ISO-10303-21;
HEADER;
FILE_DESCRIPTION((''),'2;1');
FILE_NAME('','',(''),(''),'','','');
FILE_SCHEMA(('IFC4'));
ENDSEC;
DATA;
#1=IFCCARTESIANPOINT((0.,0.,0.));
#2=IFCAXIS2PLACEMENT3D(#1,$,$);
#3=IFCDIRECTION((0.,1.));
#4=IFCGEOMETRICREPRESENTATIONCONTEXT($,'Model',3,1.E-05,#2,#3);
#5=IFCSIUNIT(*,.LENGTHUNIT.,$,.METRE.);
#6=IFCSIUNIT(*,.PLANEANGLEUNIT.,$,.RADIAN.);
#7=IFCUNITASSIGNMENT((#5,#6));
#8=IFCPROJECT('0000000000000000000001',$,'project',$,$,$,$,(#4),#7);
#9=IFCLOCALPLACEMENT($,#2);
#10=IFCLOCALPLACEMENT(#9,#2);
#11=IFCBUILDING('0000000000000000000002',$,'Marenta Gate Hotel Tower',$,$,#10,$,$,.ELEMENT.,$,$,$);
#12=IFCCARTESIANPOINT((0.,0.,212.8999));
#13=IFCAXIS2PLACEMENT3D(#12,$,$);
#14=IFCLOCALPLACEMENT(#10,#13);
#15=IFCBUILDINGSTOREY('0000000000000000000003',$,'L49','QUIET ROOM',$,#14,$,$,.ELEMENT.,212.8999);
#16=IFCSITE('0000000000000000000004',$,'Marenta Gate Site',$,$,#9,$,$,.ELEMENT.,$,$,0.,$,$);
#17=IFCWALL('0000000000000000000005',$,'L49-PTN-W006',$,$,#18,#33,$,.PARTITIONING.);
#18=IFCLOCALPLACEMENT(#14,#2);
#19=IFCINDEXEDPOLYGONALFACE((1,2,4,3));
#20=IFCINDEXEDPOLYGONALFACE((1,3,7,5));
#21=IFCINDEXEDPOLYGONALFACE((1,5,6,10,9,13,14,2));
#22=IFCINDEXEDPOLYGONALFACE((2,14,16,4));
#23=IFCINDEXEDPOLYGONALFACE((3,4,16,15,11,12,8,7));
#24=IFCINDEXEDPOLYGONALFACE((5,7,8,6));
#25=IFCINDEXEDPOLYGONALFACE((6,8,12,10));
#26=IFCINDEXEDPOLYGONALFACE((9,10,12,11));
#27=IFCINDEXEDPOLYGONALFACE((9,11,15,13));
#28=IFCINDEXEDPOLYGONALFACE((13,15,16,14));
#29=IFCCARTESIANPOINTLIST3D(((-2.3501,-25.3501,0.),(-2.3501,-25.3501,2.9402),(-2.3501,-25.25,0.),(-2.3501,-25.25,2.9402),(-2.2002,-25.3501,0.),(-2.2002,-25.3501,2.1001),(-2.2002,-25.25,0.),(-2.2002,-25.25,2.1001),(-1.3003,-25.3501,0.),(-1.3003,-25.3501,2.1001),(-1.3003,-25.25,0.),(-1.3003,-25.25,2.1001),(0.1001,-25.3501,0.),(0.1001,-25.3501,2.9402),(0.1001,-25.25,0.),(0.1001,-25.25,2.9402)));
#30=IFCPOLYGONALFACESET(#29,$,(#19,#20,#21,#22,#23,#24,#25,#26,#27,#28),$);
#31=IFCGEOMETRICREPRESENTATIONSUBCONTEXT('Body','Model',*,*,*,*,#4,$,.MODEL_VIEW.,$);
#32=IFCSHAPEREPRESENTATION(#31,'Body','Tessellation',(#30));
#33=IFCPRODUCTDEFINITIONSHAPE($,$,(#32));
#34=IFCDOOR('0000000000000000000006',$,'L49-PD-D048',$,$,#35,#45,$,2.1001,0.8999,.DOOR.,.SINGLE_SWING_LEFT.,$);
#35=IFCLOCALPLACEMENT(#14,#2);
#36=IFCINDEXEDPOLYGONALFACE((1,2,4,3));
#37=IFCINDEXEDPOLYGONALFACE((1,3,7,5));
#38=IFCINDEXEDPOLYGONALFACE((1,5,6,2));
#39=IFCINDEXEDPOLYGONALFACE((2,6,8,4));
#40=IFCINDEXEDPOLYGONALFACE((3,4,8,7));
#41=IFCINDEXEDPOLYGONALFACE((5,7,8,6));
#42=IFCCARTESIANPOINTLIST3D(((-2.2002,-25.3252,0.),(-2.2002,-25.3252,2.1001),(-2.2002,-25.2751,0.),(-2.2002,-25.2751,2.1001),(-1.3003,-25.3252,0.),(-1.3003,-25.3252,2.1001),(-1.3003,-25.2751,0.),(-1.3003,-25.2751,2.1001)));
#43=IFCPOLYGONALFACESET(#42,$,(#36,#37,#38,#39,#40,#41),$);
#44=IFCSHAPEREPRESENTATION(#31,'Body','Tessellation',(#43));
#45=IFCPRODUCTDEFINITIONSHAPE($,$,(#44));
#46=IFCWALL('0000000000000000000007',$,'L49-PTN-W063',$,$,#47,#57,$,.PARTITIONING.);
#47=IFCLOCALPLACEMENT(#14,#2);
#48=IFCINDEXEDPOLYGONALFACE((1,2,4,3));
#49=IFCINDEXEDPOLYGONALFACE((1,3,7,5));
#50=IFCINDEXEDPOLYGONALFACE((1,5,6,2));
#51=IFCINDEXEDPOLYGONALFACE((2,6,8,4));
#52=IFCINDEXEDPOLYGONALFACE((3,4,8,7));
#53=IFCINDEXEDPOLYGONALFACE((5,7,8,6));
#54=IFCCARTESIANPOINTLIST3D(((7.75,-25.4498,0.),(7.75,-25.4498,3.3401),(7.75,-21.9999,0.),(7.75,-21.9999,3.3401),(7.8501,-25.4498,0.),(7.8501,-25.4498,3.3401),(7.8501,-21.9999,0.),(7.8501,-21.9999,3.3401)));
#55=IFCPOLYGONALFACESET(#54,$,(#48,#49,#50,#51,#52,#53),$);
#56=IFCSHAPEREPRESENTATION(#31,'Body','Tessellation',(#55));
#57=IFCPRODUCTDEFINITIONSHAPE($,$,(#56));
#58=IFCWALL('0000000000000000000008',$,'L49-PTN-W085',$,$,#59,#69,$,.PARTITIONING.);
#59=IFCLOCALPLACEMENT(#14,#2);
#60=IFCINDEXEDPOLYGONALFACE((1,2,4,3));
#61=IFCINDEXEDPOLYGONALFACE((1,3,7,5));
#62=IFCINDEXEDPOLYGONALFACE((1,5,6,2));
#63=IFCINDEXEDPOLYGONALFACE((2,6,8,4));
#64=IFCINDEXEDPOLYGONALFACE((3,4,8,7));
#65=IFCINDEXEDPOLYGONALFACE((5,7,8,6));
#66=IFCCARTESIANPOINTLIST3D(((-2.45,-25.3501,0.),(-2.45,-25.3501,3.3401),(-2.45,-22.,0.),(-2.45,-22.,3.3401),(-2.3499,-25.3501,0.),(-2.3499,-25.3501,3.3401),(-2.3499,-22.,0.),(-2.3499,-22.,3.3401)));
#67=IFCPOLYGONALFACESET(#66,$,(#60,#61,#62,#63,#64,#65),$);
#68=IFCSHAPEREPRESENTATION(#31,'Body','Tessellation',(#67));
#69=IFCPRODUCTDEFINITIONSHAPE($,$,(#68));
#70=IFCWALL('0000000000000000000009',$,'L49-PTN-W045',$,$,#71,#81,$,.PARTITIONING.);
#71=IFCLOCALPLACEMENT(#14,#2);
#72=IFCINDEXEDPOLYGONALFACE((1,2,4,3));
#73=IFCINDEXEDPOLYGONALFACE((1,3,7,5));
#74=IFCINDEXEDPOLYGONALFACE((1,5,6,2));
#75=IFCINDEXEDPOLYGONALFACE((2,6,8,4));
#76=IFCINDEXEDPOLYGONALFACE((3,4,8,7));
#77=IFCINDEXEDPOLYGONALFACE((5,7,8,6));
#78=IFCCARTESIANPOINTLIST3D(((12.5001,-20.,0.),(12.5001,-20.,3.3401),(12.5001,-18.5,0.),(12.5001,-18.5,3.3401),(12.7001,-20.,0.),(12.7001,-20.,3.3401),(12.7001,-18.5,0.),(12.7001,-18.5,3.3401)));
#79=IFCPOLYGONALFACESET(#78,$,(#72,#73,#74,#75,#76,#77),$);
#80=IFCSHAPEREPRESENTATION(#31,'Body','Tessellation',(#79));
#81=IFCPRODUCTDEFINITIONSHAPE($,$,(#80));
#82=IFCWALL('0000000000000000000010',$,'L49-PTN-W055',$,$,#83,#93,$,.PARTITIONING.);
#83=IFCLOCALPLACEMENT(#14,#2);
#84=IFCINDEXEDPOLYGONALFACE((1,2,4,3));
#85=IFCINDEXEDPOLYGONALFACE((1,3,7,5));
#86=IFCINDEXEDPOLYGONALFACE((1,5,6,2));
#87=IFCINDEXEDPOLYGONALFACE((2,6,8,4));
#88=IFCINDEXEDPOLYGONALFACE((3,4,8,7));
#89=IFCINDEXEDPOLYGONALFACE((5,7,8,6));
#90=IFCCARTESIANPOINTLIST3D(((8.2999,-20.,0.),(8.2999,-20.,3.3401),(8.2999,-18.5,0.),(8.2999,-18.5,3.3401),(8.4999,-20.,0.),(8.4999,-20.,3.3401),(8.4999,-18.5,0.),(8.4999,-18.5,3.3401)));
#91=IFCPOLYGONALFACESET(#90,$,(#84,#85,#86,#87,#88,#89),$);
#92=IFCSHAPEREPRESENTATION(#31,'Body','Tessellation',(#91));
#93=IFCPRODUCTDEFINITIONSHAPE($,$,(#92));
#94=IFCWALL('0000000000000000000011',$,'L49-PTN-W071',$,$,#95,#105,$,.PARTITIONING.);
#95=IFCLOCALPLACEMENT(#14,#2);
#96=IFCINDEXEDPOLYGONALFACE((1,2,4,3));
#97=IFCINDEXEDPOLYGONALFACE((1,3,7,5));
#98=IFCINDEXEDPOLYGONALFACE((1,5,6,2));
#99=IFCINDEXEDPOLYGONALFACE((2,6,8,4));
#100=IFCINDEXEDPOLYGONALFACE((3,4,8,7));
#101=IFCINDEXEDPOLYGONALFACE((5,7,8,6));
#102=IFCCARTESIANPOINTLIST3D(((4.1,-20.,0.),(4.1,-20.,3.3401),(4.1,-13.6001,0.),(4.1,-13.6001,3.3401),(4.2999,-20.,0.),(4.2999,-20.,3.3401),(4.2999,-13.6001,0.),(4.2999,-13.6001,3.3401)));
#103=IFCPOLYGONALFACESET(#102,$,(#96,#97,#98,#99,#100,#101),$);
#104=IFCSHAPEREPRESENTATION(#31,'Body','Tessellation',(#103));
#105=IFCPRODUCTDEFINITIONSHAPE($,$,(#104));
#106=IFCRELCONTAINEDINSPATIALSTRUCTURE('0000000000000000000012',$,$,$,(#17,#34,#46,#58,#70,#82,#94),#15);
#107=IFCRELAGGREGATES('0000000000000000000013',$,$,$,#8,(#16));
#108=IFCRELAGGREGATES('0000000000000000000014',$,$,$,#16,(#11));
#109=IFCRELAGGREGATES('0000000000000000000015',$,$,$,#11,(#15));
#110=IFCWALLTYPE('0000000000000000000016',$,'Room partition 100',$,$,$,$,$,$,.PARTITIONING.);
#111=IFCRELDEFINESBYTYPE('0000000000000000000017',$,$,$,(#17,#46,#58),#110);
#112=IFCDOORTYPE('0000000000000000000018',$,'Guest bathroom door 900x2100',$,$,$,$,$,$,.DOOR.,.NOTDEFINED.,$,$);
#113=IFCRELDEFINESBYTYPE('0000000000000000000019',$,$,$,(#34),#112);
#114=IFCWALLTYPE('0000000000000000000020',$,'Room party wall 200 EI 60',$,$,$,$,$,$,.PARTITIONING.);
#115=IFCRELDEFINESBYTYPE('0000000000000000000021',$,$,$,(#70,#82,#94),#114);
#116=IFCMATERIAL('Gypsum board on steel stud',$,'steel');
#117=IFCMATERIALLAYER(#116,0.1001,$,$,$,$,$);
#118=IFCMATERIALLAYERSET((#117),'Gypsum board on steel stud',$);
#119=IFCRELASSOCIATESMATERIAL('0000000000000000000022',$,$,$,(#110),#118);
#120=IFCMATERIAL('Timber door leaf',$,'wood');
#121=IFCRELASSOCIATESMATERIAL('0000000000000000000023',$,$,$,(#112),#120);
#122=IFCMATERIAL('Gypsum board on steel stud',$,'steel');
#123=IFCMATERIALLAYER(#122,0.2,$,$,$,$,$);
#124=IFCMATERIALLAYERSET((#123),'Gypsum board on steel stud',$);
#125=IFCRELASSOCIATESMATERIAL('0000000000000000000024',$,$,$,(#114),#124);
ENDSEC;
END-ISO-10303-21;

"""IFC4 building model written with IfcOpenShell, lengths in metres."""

from ifc_helpers import new_model, si_unit, direction, frame, frame_2d, origin, place, context, subcontext, project, spatial, rectangle, extrude, material, layer, layer_set, type_object, element, fill, save


model = new_model("IFC4")

# Units and contexts
model_context = context("Model", 3, precision=1e-05, world=origin(), true_north=direction((0.0, 1.0)))
body_context = subcontext(model_context, "Body", "Model", "MODEL_VIEW")
ifc_project = project(units=[si_unit("LENGTHUNIT", "METRE"), si_unit("PLANEANGLEUNIT", "RADIAN")], contexts=[model_context])

# Site, building, storey
site_placement = place(None, origin())
site = spatial("IfcSite", under=ifc_project, at=site_placement, Name="Marenta Gate Site", CompositionType="ELEMENT", RefElevation=0.0)
building_placement = place(site_placement, origin())
building = spatial("IfcBuilding", under=site, at=building_placement, Name="Marenta Gate Hotel Tower", CompositionType="ELEMENT")
storey_placement = place(building_placement, frame((0.0, 0.0, 212.8999)))
storey = spatial("IfcBuildingStorey", under=building, at=storey_placement, Name="L49", Description="QUIET ROOM", CompositionType="ELEMENT", Elevation=212.8999)

# Wall, opening, door
ifc_material_1 = material(Name="Gypsum board on steel stud", Category="steel")
ifc_layer_1 = layer(ifc_material_1, 0.1001)
ifc_layer_set_1 = layer_set([ifc_layer_1], Name="Gypsum board on steel stud")
wall_type_1 = type_object("IfcWallType", Name="Room partition 100", PredefinedType="PARTITIONING", material=ifc_layer_set_1)
ifc_material_2 = material(Name="Timber door leaf", Category="wood")
door_type_1 = type_object("IfcDoorType", Name="Guest bathroom door 900x2100", OperationType="NOTDEFINED", PredefinedType="DOOR", material=ifc_material_2)
wall_1_placement = place(storey_placement, frame((-2.3501, -25.3, 0.0), z_axis=(0.0, 0.0, 1.0), x_axis=(1.0, 0.0, 0.0)))
wall_1 = element("IfcWall", 1, at=wall_1_placement, inside=storey, type_object=wall_type_1, Name="L49-PTN-W006", PredefinedType="PARTITIONING", context=body_context, shape_type="SweptSolid", body=[
    extrude(rectangle(XDim=2.4502, YDim=0.1001, at=frame_2d((1.2251, 0.0))), origin(), (0.0, 0.0, 1.0), 2.9402),
])
opening_1_placement = place(wall_1_placement, frame((0.1499, 0.0, 0.0)))
opening_1 = element("IfcOpeningElement", 2, at=opening_1_placement, cuts=wall_1, PredefinedType="OPENING", context=body_context, shape_type="SweptSolid", body=[
    extrude(rectangle(XDim=0.8999, YDim=2.1001, at=frame_2d((0.45, 1.05))), frame((0.0, 0.05, 0.0), z_axis=(0.0, -1.0, 0.0), x_axis=(1.0, 0.0, 0.0)), (0.0, 0.0, 1.0), 0.1001),
])
door_1_placement = place(opening_1_placement, origin())
door_1 = element("IfcDoor", 3, at=door_1_placement, inside=storey, type_object=door_type_1, Name="L49-PD-D048", OperationType="SINGLE_SWING_LEFT", OverallHeight=2.1001, OverallWidth=0.8999, PredefinedType="DOOR", context=body_context, shape_type="SweptSolid", body=[
    extrude(rectangle(XDim=0.8999, YDim=2.1001, at=frame_2d((0.45, 1.05))), frame((0.0, 0.0249, 0.0), z_axis=(0.0, -1.0, 0.0), x_axis=(1.0, 0.0, 0.0)), (0.0, 0.0, 1.0), 0.05),
])
fill(opening_1, door_1)

# Walls
wall_2_placement = place(storey_placement, frame((7.8, -25.45, 0.0), z_axis=(0.0, 0.0, 1.0), x_axis=(0.0, 1.0, 0.0)))
element("IfcWall", 4, at=wall_2_placement, inside=storey, type_object=wall_type_1, Name="L49-PTN-W063", PredefinedType="PARTITIONING", context=body_context, shape_type="SweptSolid", body=[
    extrude(rectangle(XDim=3.45, YDim=0.1001, at=frame_2d((1.7251, 0.0))), origin(), (0.0, 0.0, 1.0), 3.3401),
])
wall_3_placement = place(storey_placement, frame((-2.3999, -25.3501, 0.0), z_axis=(0.0, 0.0, 1.0), x_axis=(0.0, 1.0, 0.0)))
element("IfcWall", 5, at=wall_3_placement, inside=storey, type_object=wall_type_1, Name="L49-PTN-W085", PredefinedType="PARTITIONING", context=body_context, shape_type="SweptSolid", body=[
    extrude(rectangle(XDim=3.3501, YDim=0.1001, at=frame_2d((1.675, 0.0))), origin(), (0.0, 0.0, 1.0), 3.3401),
])
ifc_material_3 = material(Name="Gypsum board on steel stud", Category="steel")
ifc_layer_2 = layer(ifc_material_3, 0.2)
ifc_layer_set_2 = layer_set([ifc_layer_2], Name="Gypsum board on steel stud")
wall_type_2 = type_object("IfcWallType", Name="Room party wall 200 EI 60", PredefinedType="PARTITIONING", material=ifc_layer_set_2)
for number, where, z_axis, x_axis, name in (
    (6, (12.6001, -20.0, 0.0), (0.0, 0.0, 1.0), (0.0, 1.0, 0.0), "L49-PTN-W045"),
    (7, (8.3999, -20.0, 0.0), (0.0, 0.0, 1.0), (0.0, 1.0, 0.0), "L49-PTN-W055"),
):
    element("IfcWall", number, at=place(storey_placement, frame(where, z_axis=z_axis, x_axis=x_axis)), inside=storey, type_object=wall_type_2, Name=name, PredefinedType="PARTITIONING", context=body_context, shape_type="SweptSolid", body=[
        extrude(rectangle(XDim=1.5, YDim=0.2, at=frame_2d((0.75, 0.0))), origin(), (0.0, 0.0, 1.0), 3.3401),
    ])
wall_4_placement = place(storey_placement, frame((4.2, -20.0, 0.0), z_axis=(0.0, 0.0, 1.0), x_axis=(0.0, 1.0, 0.0)))
element("IfcWall", 8, at=wall_4_placement, inside=storey, type_object=wall_type_2, Name="L49-PTN-W071", PredefinedType="PARTITIONING", context=body_context, shape_type="SweptSolid", body=[
    extrude(rectangle(XDim=6.3999, YDim=0.2, at=frame_2d((3.2, 0.0))), origin(), (0.0, 0.0, 1.0), 3.3401),
])

save(model, "model.ifc")
